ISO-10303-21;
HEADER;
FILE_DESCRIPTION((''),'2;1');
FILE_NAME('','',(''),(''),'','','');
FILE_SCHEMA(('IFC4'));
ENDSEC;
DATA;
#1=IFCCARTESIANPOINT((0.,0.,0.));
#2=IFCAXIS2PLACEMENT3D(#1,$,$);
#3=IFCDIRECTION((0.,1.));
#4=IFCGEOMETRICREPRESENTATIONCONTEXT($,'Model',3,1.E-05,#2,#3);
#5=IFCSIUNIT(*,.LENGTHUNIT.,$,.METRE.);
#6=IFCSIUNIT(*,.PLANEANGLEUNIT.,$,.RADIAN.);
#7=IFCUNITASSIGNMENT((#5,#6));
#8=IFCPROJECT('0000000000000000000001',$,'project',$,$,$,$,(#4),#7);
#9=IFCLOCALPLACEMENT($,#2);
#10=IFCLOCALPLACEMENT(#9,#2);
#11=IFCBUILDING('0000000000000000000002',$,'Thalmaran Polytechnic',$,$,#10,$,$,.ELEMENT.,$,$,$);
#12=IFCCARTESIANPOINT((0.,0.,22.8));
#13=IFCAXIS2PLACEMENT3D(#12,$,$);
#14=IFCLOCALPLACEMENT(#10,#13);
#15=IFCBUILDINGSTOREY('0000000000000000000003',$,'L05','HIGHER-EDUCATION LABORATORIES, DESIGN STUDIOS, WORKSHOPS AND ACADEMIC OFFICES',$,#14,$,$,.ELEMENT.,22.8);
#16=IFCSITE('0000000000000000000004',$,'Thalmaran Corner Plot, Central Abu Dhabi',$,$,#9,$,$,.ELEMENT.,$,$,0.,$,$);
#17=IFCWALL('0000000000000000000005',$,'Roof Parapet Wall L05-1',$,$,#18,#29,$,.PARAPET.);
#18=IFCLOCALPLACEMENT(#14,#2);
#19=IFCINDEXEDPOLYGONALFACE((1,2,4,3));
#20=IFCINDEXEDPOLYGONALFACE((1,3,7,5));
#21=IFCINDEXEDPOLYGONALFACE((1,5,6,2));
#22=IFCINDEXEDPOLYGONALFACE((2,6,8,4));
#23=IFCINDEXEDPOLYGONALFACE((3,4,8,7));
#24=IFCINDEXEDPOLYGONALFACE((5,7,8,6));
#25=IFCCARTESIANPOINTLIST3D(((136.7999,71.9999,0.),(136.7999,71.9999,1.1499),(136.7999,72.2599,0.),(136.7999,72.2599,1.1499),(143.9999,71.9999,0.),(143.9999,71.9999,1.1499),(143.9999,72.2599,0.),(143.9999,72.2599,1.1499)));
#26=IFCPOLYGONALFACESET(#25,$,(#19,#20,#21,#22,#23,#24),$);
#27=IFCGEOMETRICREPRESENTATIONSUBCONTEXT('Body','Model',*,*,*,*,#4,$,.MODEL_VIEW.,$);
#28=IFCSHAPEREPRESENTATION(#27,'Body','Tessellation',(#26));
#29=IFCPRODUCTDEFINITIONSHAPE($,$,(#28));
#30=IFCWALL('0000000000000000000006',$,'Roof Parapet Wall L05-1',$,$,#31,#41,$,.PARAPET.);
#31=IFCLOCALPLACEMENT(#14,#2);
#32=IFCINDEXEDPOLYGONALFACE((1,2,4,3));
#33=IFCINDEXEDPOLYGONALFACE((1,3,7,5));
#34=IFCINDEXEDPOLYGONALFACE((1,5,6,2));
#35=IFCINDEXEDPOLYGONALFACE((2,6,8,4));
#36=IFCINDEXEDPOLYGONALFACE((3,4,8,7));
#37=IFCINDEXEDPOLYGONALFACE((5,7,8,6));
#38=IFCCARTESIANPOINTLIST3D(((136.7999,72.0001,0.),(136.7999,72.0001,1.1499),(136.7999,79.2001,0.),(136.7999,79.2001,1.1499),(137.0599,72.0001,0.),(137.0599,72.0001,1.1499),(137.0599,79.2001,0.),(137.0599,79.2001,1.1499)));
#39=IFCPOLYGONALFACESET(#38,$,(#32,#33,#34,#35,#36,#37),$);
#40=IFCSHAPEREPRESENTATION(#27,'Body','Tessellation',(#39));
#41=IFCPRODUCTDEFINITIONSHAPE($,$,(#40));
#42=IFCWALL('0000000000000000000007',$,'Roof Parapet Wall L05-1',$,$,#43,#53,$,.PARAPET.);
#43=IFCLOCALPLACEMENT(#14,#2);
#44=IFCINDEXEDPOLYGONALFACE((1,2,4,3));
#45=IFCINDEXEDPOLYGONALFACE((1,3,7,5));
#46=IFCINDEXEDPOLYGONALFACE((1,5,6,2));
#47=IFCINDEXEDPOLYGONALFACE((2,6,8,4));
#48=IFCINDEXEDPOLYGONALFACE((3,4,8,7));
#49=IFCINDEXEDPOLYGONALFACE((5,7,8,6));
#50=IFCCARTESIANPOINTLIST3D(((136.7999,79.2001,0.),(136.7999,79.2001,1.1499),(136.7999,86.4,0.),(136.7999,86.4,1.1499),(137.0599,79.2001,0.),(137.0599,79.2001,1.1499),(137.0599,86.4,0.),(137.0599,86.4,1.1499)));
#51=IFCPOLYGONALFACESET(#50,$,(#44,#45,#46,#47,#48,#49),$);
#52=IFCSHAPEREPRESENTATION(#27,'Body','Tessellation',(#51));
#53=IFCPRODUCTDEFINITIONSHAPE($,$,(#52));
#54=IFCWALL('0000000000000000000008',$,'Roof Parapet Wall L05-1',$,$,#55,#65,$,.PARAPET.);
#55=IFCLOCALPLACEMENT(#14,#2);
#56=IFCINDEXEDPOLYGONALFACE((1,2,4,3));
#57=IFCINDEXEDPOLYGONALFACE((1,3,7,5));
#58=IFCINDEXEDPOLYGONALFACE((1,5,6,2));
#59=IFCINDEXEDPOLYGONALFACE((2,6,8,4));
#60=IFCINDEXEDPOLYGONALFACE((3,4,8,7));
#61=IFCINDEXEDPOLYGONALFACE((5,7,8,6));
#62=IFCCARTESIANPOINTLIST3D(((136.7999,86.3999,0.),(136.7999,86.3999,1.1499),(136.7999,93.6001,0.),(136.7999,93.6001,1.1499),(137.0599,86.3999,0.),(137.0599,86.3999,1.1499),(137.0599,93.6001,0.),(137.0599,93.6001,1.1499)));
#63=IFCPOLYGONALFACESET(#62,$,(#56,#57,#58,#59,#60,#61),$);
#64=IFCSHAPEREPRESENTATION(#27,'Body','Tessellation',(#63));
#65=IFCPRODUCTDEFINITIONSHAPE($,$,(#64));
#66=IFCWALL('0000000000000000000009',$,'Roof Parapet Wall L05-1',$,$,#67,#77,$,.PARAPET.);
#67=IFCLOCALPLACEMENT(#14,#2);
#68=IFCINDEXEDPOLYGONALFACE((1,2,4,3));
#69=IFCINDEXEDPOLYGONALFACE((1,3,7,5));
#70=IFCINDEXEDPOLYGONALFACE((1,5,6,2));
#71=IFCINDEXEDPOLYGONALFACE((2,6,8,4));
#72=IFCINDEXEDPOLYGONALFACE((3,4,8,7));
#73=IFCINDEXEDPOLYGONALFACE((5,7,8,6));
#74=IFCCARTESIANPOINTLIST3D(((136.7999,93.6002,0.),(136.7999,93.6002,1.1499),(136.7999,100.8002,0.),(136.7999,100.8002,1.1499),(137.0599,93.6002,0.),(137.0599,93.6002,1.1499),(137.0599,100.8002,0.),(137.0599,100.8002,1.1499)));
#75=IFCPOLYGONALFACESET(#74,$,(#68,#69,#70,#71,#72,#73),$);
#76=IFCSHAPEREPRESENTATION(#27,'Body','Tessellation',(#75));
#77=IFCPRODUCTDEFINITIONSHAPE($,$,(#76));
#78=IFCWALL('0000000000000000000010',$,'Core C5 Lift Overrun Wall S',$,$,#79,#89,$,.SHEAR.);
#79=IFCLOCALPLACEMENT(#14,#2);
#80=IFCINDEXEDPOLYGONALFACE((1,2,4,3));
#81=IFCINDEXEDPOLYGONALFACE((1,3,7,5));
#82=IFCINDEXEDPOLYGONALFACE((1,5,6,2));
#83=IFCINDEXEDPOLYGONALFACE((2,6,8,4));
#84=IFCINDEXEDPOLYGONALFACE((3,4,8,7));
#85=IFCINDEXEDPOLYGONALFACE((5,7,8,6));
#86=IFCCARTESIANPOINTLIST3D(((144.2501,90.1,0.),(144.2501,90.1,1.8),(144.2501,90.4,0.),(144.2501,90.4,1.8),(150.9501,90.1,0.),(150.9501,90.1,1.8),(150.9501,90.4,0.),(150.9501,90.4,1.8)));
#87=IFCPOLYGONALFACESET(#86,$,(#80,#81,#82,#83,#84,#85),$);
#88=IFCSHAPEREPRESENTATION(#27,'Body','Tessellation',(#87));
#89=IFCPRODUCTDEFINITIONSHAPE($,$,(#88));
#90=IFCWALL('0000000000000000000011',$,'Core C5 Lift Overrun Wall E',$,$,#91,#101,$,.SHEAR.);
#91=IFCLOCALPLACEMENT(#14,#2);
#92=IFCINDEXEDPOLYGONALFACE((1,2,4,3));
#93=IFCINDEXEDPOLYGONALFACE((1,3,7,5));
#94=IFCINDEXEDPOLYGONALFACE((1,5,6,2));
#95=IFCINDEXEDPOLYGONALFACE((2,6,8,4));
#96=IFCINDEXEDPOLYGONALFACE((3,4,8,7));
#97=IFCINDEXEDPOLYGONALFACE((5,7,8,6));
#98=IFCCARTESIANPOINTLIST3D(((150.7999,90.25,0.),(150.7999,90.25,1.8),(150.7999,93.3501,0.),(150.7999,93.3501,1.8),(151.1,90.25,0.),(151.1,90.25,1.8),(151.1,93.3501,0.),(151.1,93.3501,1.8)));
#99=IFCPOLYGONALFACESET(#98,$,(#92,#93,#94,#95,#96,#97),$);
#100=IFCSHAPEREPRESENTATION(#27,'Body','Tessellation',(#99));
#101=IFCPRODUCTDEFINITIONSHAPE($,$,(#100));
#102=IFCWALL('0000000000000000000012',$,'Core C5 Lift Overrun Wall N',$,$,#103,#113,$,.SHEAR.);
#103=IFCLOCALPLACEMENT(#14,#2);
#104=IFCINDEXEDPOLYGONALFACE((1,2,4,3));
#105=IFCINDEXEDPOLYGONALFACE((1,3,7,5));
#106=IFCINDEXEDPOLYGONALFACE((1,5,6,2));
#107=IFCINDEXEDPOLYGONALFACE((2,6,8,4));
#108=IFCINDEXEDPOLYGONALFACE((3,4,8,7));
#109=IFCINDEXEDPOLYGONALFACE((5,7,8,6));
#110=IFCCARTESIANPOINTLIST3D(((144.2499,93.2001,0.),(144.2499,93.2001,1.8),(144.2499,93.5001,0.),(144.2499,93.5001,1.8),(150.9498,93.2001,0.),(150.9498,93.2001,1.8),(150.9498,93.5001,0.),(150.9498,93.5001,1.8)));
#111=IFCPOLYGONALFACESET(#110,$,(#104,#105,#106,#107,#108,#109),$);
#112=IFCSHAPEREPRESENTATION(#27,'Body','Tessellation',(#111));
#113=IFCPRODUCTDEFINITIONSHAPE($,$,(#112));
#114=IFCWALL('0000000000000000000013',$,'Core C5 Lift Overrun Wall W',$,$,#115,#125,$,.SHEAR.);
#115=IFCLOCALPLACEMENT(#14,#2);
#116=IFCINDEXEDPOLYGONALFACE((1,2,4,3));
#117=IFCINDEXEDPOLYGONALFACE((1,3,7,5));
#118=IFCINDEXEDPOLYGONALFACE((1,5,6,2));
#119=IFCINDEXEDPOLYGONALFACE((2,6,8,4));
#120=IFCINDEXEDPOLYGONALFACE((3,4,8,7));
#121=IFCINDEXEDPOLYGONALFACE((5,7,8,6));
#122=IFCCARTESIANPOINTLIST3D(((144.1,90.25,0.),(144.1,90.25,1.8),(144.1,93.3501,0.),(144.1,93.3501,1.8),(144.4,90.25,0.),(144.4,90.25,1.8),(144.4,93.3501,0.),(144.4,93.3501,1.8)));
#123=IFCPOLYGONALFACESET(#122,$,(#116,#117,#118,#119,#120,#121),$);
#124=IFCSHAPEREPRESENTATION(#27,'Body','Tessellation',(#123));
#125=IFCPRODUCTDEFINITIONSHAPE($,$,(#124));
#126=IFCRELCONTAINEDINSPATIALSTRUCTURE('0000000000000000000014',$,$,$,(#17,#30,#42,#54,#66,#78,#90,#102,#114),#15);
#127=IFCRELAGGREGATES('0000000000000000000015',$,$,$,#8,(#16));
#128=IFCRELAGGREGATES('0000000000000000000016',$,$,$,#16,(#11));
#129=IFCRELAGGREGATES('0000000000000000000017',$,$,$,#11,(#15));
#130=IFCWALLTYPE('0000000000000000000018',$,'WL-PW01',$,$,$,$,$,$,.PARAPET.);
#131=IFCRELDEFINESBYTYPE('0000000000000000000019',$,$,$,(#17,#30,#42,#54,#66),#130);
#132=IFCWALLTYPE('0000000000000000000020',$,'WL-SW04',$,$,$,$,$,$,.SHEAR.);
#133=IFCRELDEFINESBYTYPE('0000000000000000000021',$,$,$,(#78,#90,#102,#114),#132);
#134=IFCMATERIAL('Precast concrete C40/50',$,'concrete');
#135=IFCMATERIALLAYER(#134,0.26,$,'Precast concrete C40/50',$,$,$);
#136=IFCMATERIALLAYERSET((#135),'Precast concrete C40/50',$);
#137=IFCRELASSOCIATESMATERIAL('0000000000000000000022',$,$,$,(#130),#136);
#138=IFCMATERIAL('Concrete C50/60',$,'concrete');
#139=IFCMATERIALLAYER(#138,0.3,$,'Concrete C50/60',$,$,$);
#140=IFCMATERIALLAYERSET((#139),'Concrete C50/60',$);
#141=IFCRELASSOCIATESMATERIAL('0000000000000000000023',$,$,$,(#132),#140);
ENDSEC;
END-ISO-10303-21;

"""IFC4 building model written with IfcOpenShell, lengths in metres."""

from ifc_helpers import new_model, si_unit, direction, frame, frame_2d, origin, place, context, subcontext, project, spatial, rectangle, extrude, material, layer, layer_set, type_object, element, save


model = new_model("IFC4")

# Units and contexts
model_context = context("Model", 3, precision=1e-05, world=origin(), true_north=direction((0.0, 1.0)))
body_context = subcontext(model_context, "Body", "Model", "MODEL_VIEW")
ifc_project = project(units=[si_unit("LENGTHUNIT", "METRE"), si_unit("PLANEANGLEUNIT", "RADIAN")], contexts=[model_context])

# Site, building, storey
site_placement = place(None, origin())
site = spatial("IfcSite", under=ifc_project, at=site_placement, Name="Thalmaran Corner Plot, Central Abu Dhabi", CompositionType="ELEMENT", RefElevation=0.0)
building_placement = place(site_placement, origin())
building = spatial("IfcBuilding", under=site, at=building_placement, Name="Thalmaran Polytechnic", CompositionType="ELEMENT")
storey_placement = place(building_placement, frame((0.0, 0.0, 22.8)))
storey = spatial("IfcBuildingStorey", under=building, at=storey_placement, Name="L05", Description="HIGHER-EDUCATION LABORATORIES, DESIGN STUDIOS, WORKSHOPS AND ACADEMIC OFFICES", CompositionType="ELEMENT", Elevation=22.8)

# Walls
ifc_material_1 = material(Name="Precast concrete C40/50", Category="concrete")
ifc_layer_1 = layer(ifc_material_1, 0.26, Name="Precast concrete C40/50")
ifc_layer_set_1 = layer_set([ifc_layer_1], Name="Precast concrete C40/50")
wall_type_1 = type_object("IfcWallType", Name="WL-PW01", PredefinedType="PARAPET", material=ifc_layer_set_1)
for number, where, z_axis, x_axis, name in (
    (1, (144.0, 72.1299, 0.0), (0.0, 0.0, 1.0), (-1.0, 0.0, 0.0), "Roof Parapet Wall L05-1"),
    (2, (136.9299, 72.0, 0.0), (0.0, 0.0, 1.0), (0.0, 1.0, 0.0), "Roof Parapet Wall L05-1"),
    (3, (136.9299, 79.2, 0.0), (0.0, 0.0, 1.0), (0.0, 1.0, 0.0), "Roof Parapet Wall L05-1"),
):
    element("IfcWall", number, at=place(storey_placement, frame(where, z_axis=z_axis, x_axis=x_axis)), inside=storey, type_object=wall_type_1, Name=name, PredefinedType="PARAPET", context=body_context, shape_type="SweptSolid", body=[
        extrude(rectangle(XDim=7.2, YDim=0.26, at=frame_2d((3.6001, 0.0))), origin(), (0.0, 0.0, 1.0), 1.1499),
    ])
wall_1_placement = place(storey_placement, frame((136.9299, 86.3999, 0.0), z_axis=(0.0, 0.0, 1.0), x_axis=(0.0, 1.0, 0.0)))
element("IfcWall", 4, at=wall_1_placement, inside=storey, type_object=wall_type_1, Name="Roof Parapet Wall L05-1", PredefinedType="PARAPET", context=body_context, shape_type="SweptSolid", body=[
    extrude(rectangle(XDim=7.2002, YDim=0.26, at=frame_2d((3.6001, 0.0))), origin(), (0.0, 0.0, 1.0), 1.1499),
])
wall_2_placement = place(storey_placement, frame((136.9299, 93.6001, 0.0), z_axis=(0.0, 0.0, 1.0), x_axis=(0.0, 1.0, 0.0)))
element("IfcWall", 5, at=wall_2_placement, inside=storey, type_object=wall_type_1, Name="Roof Parapet Wall L05-1", PredefinedType="PARAPET", context=body_context, shape_type="SweptSolid", body=[
    extrude(rectangle(XDim=7.2, YDim=0.26, at=frame_2d((3.6001, 0.0))), origin(), (0.0, 0.0, 1.0), 1.1499),
])
ifc_material_2 = material(Name="Concrete C50/60", Category="concrete")
ifc_layer_2 = layer(ifc_material_2, 0.3, Name="Concrete C50/60")
ifc_layer_set_2 = layer_set([ifc_layer_2], Name="Concrete C50/60")
wall_type_2 = type_object("IfcWallType", Name="WL-SW04", PredefinedType="SHEAR", material=ifc_layer_set_2)
wall_3_placement = place(storey_placement, frame((144.25, 90.25, 0.0), z_axis=(0.0, 0.0, 1.0), x_axis=(1.0, 0.0, 0.0)))
element("IfcWall", 6, at=wall_3_placement, inside=storey, type_object=wall_type_2, Name="Core C5 Lift Overrun Wall S", PredefinedType="SHEAR", context=body_context, shape_type="SweptSolid", body=[
    extrude(rectangle(XDim=6.7, YDim=0.3, at=frame_2d((3.3501, 0.0))), origin(), (0.0, 0.0, 1.0), 1.8),
])
wall_4_placement = place(storey_placement, frame((150.95, 90.25, 0.0), z_axis=(0.0, 0.0, 1.0), x_axis=(0.0, 1.0, 0.0)))
element("IfcWall", 7, at=wall_4_placement, inside=storey, type_object=wall_type_2, Name="Core C5 Lift Overrun Wall E", PredefinedType="SHEAR", context=body_context, shape_type="SweptSolid", body=[
    extrude(rectangle(XDim=3.1001, YDim=0.3, at=frame_2d((1.55, 0.0))), origin(), (0.0, 0.0, 1.0), 1.8),
])
wall_5_placement = place(storey_placement, frame((150.95, 93.3501, 0.0), z_axis=(0.0, 0.0, 1.0), x_axis=(-1.0, 0.0, 0.0)))
element("IfcWall", 8, at=wall_5_placement, inside=storey, type_object=wall_type_2, Name="Core C5 Lift Overrun Wall N", PredefinedType="SHEAR", context=body_context, shape_type="SweptSolid", body=[
    extrude(rectangle(XDim=6.7, YDim=0.3, at=frame_2d((3.3501, 0.0))), origin(), (0.0, 0.0, 1.0), 1.8),
])
wall_6_placement = place(storey_placement, frame((144.25, 93.3501, 0.0), z_axis=(0.0, 0.0, 1.0), x_axis=(0.0, -1.0, 0.0)))
element("IfcWall", 9, at=wall_6_placement, inside=storey, type_object=wall_type_2, Name="Core C5 Lift Overrun Wall W", PredefinedType="SHEAR", context=body_context, shape_type="SweptSolid", body=[
    extrude(rectangle(XDim=3.1001, YDim=0.3, at=frame_2d((1.55, 0.0))), origin(), (0.0, 0.0, 1.0), 1.8),
])

save(model, "model.ifc")
